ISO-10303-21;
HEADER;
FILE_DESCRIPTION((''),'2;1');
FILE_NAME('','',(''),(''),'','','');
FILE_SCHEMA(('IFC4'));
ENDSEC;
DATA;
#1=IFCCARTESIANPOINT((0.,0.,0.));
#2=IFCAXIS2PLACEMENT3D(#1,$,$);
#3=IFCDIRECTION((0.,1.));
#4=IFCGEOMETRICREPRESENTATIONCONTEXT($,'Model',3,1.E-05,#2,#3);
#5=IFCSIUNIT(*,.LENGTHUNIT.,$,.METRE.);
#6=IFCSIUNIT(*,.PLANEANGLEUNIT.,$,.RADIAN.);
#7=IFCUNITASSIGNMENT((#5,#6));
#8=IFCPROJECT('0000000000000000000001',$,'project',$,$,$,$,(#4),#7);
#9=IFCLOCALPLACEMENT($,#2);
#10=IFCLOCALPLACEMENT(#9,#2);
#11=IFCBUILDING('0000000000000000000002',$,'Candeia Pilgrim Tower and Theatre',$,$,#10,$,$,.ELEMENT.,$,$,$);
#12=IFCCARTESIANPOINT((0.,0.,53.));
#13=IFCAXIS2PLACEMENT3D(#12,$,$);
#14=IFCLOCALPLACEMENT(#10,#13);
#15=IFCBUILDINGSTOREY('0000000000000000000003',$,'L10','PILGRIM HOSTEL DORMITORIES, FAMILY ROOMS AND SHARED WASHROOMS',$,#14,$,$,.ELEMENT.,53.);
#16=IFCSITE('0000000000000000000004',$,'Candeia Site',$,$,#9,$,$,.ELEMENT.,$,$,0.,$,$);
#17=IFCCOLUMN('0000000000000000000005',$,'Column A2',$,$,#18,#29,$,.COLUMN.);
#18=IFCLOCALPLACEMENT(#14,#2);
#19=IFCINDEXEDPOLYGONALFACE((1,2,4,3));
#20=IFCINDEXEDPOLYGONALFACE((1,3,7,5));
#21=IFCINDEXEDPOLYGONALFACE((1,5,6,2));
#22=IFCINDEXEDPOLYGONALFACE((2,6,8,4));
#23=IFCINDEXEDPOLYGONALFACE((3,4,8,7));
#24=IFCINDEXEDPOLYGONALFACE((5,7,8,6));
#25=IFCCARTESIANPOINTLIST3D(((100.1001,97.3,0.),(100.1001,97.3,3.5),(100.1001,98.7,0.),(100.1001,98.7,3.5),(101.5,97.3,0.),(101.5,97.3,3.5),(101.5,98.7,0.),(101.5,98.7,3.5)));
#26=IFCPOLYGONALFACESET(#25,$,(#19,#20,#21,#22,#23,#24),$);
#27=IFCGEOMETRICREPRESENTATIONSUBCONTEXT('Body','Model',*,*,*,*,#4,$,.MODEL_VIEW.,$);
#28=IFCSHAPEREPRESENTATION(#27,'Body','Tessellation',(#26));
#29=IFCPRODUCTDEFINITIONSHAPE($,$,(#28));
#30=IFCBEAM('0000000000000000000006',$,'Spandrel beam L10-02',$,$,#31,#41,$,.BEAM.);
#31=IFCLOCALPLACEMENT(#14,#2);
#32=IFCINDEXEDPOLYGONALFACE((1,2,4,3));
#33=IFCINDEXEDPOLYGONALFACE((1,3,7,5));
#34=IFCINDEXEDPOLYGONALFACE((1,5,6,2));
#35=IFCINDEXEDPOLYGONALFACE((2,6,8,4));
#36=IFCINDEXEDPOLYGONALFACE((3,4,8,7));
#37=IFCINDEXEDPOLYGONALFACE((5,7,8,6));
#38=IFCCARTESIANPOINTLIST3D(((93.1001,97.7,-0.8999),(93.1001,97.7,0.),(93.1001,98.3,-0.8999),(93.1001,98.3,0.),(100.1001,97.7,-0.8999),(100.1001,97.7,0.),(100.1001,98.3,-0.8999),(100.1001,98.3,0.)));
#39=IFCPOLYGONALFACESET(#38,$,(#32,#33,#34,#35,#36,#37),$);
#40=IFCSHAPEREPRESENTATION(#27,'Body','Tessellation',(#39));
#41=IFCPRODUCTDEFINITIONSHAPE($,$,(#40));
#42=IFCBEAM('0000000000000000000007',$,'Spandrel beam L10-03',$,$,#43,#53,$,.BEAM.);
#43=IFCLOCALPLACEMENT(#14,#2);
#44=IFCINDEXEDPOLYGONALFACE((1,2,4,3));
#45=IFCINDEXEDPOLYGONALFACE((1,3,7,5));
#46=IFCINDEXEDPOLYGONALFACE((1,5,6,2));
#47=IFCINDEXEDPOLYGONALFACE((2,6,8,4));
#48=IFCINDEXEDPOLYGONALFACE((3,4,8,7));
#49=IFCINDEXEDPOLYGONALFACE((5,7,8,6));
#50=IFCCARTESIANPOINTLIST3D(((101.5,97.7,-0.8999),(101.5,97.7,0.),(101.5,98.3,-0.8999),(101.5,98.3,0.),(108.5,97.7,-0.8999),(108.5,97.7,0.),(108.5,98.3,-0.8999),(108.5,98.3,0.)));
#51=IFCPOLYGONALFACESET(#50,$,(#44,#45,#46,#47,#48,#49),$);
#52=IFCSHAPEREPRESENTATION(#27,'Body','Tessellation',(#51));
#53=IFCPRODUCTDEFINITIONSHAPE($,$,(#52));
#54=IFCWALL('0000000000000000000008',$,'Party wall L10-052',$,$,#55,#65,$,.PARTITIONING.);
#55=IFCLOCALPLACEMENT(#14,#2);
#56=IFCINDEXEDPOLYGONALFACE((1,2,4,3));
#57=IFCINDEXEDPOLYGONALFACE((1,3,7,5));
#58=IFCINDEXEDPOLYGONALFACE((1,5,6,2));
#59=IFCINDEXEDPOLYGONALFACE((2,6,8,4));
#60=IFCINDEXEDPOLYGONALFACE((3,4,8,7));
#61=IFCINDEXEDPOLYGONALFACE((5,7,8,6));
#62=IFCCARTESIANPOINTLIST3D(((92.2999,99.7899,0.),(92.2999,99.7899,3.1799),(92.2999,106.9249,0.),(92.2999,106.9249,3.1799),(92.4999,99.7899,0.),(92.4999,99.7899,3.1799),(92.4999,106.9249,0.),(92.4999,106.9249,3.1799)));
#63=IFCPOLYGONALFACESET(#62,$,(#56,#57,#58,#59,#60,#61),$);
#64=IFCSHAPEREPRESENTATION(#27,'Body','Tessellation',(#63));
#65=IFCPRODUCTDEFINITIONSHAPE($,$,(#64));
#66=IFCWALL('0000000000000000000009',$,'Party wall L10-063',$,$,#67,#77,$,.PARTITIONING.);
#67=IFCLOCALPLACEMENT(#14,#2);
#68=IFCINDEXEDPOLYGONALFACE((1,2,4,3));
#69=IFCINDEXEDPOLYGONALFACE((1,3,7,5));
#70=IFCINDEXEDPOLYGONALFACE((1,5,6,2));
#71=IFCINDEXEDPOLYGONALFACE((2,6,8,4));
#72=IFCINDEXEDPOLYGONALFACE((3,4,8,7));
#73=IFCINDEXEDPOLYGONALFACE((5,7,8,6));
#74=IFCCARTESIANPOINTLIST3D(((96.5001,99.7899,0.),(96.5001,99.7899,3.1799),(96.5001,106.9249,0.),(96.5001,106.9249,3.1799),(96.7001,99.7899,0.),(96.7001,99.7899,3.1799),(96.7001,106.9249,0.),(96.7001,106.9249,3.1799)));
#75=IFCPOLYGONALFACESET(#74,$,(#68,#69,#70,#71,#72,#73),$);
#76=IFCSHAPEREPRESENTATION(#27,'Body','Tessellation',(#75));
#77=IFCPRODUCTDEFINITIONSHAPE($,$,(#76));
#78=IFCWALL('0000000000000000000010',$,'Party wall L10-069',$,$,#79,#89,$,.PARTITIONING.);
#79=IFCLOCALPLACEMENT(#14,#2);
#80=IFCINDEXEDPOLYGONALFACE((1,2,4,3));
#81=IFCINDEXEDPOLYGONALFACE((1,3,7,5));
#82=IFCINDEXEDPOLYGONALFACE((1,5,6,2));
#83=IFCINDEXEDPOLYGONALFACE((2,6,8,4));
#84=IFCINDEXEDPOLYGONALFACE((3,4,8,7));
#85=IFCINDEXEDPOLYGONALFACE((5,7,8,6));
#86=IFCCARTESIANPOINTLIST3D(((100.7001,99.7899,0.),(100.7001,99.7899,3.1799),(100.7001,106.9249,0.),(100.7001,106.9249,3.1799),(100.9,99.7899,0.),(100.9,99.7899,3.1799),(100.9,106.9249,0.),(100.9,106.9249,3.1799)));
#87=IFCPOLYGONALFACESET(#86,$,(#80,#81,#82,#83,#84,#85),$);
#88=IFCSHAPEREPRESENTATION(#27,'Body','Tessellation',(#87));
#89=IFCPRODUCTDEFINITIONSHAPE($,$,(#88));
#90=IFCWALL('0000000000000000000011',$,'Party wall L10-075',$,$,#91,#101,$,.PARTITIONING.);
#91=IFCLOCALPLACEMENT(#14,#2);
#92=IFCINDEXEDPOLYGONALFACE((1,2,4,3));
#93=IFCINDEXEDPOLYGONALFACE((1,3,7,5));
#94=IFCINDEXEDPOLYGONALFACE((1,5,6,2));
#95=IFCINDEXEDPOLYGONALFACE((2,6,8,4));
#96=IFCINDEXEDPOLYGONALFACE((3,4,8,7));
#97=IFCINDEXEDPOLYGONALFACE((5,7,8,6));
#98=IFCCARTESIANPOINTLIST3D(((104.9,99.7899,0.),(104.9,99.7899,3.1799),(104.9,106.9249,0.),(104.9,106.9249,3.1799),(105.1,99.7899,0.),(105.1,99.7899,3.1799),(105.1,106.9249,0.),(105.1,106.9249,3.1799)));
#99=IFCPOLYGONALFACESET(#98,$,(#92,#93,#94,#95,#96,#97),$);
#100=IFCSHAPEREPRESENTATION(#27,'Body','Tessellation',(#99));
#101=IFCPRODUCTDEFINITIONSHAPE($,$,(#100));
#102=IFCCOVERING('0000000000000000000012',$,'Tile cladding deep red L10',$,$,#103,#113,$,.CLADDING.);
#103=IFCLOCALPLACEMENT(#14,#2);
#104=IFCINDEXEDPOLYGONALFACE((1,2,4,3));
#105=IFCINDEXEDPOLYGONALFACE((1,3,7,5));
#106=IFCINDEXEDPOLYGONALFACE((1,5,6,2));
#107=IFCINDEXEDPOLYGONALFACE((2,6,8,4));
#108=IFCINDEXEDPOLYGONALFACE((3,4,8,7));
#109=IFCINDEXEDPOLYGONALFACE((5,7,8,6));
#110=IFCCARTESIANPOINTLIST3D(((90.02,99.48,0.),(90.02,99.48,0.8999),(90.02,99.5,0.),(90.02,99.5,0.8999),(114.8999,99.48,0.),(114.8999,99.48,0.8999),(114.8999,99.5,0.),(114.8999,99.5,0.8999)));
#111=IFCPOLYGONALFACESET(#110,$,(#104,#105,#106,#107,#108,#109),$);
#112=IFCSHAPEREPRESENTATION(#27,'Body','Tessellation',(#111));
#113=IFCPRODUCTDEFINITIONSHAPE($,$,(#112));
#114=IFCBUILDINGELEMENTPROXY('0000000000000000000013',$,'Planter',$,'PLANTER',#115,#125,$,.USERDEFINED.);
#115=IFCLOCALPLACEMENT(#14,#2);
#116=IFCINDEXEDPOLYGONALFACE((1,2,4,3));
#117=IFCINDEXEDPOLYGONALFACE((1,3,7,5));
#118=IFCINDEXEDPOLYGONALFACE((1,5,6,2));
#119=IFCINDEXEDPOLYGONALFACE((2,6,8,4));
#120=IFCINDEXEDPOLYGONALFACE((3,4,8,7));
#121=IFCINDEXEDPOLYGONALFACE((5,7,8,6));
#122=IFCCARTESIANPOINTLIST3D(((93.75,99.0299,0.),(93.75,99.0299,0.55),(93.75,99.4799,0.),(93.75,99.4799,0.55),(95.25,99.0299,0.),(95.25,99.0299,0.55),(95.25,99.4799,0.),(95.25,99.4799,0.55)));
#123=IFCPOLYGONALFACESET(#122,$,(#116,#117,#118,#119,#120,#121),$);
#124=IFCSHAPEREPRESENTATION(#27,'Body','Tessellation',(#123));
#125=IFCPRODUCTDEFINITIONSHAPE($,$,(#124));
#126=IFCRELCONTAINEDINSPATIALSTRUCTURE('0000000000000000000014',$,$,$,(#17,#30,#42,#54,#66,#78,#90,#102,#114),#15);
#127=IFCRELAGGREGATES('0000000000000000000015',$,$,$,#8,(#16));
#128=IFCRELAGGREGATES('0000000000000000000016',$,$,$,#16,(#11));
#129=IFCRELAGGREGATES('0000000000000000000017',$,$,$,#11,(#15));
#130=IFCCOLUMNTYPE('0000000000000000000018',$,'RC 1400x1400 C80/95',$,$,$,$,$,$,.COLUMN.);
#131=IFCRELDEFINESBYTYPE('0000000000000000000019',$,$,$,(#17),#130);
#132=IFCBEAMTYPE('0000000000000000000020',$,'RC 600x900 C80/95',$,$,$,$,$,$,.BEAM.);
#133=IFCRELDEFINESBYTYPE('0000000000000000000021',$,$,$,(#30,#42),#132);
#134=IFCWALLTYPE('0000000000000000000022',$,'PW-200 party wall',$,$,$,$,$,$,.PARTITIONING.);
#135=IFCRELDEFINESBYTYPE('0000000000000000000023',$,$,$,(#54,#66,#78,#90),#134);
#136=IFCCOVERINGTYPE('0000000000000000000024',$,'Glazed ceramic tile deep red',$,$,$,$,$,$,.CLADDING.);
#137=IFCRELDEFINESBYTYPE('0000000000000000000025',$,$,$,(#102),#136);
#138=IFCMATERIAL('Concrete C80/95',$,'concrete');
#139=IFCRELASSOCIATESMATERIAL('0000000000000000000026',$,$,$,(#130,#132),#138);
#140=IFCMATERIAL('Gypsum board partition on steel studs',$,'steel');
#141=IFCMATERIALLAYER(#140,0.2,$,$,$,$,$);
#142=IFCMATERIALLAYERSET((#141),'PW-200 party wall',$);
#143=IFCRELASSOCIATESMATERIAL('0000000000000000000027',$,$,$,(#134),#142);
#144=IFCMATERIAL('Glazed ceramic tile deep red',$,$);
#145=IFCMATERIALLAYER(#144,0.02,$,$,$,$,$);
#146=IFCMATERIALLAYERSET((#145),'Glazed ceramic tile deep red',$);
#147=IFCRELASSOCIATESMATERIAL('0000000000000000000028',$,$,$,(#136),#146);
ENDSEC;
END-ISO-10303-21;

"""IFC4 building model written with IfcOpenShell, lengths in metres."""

from ifc_helpers import new_model, si_unit, direction, frame, frame_2d, origin, origin_2d, place, context, subcontext, project, spatial, rectangle, extrude, material, layer, layer_set, material_profile, profile_set, type_object, element, save


model = new_model("IFC4")

# Units and contexts
model_context = context("Model", 3, precision=1e-05, world=origin(), true_north=direction((0.0, 1.0)))
body_context = subcontext(model_context, "Body", "Model", "MODEL_VIEW")
ifc_project = project(units=[si_unit("LENGTHUNIT", "METRE"), si_unit("PLANEANGLEUNIT", "RADIAN")], contexts=[model_context])

# Site, building, storey
site_placement = place(None, origin())
site = spatial("IfcSite", under=ifc_project, at=site_placement, Name="Candeia Site", CompositionType="ELEMENT", RefElevation=0.0)
building_placement = place(site_placement, origin())
building = spatial("IfcBuilding", under=site, at=building_placement, Name="Candeia Pilgrim Tower and Theatre", CompositionType="ELEMENT")
storey_placement = place(building_placement, frame((0.0, 0.0, 53.0)))
storey = spatial("IfcBuildingStorey", under=building, at=storey_placement, Name="L10", Description="PILGRIM HOSTEL DORMITORIES, FAMILY ROOMS AND SHARED WASHROOMS", CompositionType="ELEMENT", Elevation=53.0)

# Column
ifc_material_1 = material(Name="Concrete C80/95", Category="concrete")
ifc_material_profile_1 = material_profile(ifc_material_1, rectangle(XDim=1.3999, YDim=1.3999, at=origin_2d()))
ifc_profile_set_1 = profile_set([ifc_material_profile_1], Name="Concrete C80/95")
column_type = type_object("IfcColumnType", Name="RC 1400x1400 C80/95", PredefinedType="COLUMN", material=ifc_profile_set_1)
column_placement = place(storey_placement, frame((100.8, 98.0, 0.0), z_axis=(0.0, 0.0, 1.0), x_axis=(1.0, 0.0, 0.0)))
element("IfcColumn", 1, at=column_placement, inside=storey, type_object=column_type, Name="Column A2", PredefinedType="COLUMN", context=body_context, shape_type="SweptSolid", body=[
    extrude(rectangle(XDim=1.3999, YDim=1.3999, at=origin_2d()), origin(), (0.0, 0.0, 1.0), 3.5),
])

# Beams
ifc_material_profile_2 = material_profile(ifc_material_1, rectangle(XDim=0.6001, YDim=0.8999, at=origin_2d()))
ifc_profile_set_2 = profile_set([ifc_material_profile_2], Name="Concrete C80/95")
beam_type = type_object("IfcBeamType", Name="RC 600x900 C80/95", PredefinedType="BEAM", material=ifc_profile_set_2)
for number, where, z_axis, x_axis, name in (
    (2, (93.1001, 98.0, -0.45), (1.0, 0.0, 0.0), (0.0, 1.0, 0.0), "Spandrel beam L10-02"),
    (3, (101.5, 98.0, -0.45), (1.0, 0.0, 0.0), (0.0, 1.0, 0.0), "Spandrel beam L10-03"),
):
    element("IfcBeam", number, at=place(storey_placement, frame(where, z_axis=z_axis, x_axis=x_axis)), inside=storey, type_object=beam_type, Name=name, PredefinedType="BEAM", context=body_context, shape_type="SweptSolid", body=[
        extrude(rectangle(XDim=0.6001, YDim=0.8999, at=origin_2d()), origin(), (0.0, 0.0, 1.0), 7.0),
    ])

# Walls
ifc_material_2 = material(Name="Gypsum board partition on steel studs", Category="steel")
ifc_layer_1 = layer(ifc_material_2, 0.2)
ifc_layer_set_1 = layer_set([ifc_layer_1], Name="PW-200 party wall")
wall_type = type_object("IfcWallType", Name="PW-200 party wall", PredefinedType="PARTITIONING", material=ifc_layer_set_1)
for number, where, z_axis, x_axis, name in (
    (4, (92.3999, 99.79, 0.0), (0.0, 0.0, 1.0), (0.0, 1.0, 0.0), "Party wall L10-052"),
    (5, (96.6001, 99.79, 0.0), (0.0, 0.0, 1.0), (0.0, 1.0, 0.0), "Party wall L10-063"),
    (6, (100.8, 99.79, 0.0), (0.0, 0.0, 1.0), (0.0, 1.0, 0.0), "Party wall L10-069"),
    (7, (105.0, 99.79, 0.0), (0.0, 0.0, 1.0), (0.0, 1.0, 0.0), "Party wall L10-075"),
):
    element("IfcWall", number, at=place(storey_placement, frame(where, z_axis=z_axis, x_axis=x_axis)), inside=storey, type_object=wall_type, Name=name, PredefinedType="PARTITIONING", context=body_context, shape_type="SweptSolid", body=[
        extrude(rectangle(XDim=7.135, YDim=0.2, at=frame_2d((3.5674, 0.0))), origin(), (0.0, 0.0, 1.0), 3.1799),
    ])

# Covering
ifc_material_3 = material(Name="Glazed ceramic tile deep red")
ifc_layer_2 = layer(ifc_material_3, 0.02)
ifc_layer_set_2 = layer_set([ifc_layer_2], Name="Glazed ceramic tile deep red")
covering_type = type_object("IfcCoveringType", Name="Glazed ceramic tile deep red", PredefinedType="CLADDING", material=ifc_layer_set_2)
covering_placement = place(storey_placement, frame((102.46, 99.49, 0.0), z_axis=(0.0, 0.0, 1.0), x_axis=(1.0, 0.0, 0.0)))
element("IfcCovering", 8, at=covering_placement, inside=storey, type_object=covering_type, Name="Tile cladding deep red L10", PredefinedType="CLADDING", context=body_context, shape_type="SweptSolid", body=[
    extrude(rectangle(XDim=24.8799, YDim=0.02, at=origin_2d()), origin(), (0.0, 0.0, 1.0), 0.8999),
])

# Building element proxy
proxy_placement = place(storey_placement, frame((94.5, 99.2549, 0.0), z_axis=(0.0, 0.0, 1.0), x_axis=(1.0, 0.0, 0.0)))
element("IfcBuildingElementProxy", 9, at=proxy_placement, inside=storey, Name="Planter", ObjectType="PLANTER", PredefinedType="USERDEFINED", context=body_context, shape_type="SweptSolid", body=[
    extrude(rectangle(XDim=1.5, YDim=0.45, at=origin_2d()), origin(), (0.0, 0.0, 1.0), 0.55),
])

save(model, "model.ifc")
